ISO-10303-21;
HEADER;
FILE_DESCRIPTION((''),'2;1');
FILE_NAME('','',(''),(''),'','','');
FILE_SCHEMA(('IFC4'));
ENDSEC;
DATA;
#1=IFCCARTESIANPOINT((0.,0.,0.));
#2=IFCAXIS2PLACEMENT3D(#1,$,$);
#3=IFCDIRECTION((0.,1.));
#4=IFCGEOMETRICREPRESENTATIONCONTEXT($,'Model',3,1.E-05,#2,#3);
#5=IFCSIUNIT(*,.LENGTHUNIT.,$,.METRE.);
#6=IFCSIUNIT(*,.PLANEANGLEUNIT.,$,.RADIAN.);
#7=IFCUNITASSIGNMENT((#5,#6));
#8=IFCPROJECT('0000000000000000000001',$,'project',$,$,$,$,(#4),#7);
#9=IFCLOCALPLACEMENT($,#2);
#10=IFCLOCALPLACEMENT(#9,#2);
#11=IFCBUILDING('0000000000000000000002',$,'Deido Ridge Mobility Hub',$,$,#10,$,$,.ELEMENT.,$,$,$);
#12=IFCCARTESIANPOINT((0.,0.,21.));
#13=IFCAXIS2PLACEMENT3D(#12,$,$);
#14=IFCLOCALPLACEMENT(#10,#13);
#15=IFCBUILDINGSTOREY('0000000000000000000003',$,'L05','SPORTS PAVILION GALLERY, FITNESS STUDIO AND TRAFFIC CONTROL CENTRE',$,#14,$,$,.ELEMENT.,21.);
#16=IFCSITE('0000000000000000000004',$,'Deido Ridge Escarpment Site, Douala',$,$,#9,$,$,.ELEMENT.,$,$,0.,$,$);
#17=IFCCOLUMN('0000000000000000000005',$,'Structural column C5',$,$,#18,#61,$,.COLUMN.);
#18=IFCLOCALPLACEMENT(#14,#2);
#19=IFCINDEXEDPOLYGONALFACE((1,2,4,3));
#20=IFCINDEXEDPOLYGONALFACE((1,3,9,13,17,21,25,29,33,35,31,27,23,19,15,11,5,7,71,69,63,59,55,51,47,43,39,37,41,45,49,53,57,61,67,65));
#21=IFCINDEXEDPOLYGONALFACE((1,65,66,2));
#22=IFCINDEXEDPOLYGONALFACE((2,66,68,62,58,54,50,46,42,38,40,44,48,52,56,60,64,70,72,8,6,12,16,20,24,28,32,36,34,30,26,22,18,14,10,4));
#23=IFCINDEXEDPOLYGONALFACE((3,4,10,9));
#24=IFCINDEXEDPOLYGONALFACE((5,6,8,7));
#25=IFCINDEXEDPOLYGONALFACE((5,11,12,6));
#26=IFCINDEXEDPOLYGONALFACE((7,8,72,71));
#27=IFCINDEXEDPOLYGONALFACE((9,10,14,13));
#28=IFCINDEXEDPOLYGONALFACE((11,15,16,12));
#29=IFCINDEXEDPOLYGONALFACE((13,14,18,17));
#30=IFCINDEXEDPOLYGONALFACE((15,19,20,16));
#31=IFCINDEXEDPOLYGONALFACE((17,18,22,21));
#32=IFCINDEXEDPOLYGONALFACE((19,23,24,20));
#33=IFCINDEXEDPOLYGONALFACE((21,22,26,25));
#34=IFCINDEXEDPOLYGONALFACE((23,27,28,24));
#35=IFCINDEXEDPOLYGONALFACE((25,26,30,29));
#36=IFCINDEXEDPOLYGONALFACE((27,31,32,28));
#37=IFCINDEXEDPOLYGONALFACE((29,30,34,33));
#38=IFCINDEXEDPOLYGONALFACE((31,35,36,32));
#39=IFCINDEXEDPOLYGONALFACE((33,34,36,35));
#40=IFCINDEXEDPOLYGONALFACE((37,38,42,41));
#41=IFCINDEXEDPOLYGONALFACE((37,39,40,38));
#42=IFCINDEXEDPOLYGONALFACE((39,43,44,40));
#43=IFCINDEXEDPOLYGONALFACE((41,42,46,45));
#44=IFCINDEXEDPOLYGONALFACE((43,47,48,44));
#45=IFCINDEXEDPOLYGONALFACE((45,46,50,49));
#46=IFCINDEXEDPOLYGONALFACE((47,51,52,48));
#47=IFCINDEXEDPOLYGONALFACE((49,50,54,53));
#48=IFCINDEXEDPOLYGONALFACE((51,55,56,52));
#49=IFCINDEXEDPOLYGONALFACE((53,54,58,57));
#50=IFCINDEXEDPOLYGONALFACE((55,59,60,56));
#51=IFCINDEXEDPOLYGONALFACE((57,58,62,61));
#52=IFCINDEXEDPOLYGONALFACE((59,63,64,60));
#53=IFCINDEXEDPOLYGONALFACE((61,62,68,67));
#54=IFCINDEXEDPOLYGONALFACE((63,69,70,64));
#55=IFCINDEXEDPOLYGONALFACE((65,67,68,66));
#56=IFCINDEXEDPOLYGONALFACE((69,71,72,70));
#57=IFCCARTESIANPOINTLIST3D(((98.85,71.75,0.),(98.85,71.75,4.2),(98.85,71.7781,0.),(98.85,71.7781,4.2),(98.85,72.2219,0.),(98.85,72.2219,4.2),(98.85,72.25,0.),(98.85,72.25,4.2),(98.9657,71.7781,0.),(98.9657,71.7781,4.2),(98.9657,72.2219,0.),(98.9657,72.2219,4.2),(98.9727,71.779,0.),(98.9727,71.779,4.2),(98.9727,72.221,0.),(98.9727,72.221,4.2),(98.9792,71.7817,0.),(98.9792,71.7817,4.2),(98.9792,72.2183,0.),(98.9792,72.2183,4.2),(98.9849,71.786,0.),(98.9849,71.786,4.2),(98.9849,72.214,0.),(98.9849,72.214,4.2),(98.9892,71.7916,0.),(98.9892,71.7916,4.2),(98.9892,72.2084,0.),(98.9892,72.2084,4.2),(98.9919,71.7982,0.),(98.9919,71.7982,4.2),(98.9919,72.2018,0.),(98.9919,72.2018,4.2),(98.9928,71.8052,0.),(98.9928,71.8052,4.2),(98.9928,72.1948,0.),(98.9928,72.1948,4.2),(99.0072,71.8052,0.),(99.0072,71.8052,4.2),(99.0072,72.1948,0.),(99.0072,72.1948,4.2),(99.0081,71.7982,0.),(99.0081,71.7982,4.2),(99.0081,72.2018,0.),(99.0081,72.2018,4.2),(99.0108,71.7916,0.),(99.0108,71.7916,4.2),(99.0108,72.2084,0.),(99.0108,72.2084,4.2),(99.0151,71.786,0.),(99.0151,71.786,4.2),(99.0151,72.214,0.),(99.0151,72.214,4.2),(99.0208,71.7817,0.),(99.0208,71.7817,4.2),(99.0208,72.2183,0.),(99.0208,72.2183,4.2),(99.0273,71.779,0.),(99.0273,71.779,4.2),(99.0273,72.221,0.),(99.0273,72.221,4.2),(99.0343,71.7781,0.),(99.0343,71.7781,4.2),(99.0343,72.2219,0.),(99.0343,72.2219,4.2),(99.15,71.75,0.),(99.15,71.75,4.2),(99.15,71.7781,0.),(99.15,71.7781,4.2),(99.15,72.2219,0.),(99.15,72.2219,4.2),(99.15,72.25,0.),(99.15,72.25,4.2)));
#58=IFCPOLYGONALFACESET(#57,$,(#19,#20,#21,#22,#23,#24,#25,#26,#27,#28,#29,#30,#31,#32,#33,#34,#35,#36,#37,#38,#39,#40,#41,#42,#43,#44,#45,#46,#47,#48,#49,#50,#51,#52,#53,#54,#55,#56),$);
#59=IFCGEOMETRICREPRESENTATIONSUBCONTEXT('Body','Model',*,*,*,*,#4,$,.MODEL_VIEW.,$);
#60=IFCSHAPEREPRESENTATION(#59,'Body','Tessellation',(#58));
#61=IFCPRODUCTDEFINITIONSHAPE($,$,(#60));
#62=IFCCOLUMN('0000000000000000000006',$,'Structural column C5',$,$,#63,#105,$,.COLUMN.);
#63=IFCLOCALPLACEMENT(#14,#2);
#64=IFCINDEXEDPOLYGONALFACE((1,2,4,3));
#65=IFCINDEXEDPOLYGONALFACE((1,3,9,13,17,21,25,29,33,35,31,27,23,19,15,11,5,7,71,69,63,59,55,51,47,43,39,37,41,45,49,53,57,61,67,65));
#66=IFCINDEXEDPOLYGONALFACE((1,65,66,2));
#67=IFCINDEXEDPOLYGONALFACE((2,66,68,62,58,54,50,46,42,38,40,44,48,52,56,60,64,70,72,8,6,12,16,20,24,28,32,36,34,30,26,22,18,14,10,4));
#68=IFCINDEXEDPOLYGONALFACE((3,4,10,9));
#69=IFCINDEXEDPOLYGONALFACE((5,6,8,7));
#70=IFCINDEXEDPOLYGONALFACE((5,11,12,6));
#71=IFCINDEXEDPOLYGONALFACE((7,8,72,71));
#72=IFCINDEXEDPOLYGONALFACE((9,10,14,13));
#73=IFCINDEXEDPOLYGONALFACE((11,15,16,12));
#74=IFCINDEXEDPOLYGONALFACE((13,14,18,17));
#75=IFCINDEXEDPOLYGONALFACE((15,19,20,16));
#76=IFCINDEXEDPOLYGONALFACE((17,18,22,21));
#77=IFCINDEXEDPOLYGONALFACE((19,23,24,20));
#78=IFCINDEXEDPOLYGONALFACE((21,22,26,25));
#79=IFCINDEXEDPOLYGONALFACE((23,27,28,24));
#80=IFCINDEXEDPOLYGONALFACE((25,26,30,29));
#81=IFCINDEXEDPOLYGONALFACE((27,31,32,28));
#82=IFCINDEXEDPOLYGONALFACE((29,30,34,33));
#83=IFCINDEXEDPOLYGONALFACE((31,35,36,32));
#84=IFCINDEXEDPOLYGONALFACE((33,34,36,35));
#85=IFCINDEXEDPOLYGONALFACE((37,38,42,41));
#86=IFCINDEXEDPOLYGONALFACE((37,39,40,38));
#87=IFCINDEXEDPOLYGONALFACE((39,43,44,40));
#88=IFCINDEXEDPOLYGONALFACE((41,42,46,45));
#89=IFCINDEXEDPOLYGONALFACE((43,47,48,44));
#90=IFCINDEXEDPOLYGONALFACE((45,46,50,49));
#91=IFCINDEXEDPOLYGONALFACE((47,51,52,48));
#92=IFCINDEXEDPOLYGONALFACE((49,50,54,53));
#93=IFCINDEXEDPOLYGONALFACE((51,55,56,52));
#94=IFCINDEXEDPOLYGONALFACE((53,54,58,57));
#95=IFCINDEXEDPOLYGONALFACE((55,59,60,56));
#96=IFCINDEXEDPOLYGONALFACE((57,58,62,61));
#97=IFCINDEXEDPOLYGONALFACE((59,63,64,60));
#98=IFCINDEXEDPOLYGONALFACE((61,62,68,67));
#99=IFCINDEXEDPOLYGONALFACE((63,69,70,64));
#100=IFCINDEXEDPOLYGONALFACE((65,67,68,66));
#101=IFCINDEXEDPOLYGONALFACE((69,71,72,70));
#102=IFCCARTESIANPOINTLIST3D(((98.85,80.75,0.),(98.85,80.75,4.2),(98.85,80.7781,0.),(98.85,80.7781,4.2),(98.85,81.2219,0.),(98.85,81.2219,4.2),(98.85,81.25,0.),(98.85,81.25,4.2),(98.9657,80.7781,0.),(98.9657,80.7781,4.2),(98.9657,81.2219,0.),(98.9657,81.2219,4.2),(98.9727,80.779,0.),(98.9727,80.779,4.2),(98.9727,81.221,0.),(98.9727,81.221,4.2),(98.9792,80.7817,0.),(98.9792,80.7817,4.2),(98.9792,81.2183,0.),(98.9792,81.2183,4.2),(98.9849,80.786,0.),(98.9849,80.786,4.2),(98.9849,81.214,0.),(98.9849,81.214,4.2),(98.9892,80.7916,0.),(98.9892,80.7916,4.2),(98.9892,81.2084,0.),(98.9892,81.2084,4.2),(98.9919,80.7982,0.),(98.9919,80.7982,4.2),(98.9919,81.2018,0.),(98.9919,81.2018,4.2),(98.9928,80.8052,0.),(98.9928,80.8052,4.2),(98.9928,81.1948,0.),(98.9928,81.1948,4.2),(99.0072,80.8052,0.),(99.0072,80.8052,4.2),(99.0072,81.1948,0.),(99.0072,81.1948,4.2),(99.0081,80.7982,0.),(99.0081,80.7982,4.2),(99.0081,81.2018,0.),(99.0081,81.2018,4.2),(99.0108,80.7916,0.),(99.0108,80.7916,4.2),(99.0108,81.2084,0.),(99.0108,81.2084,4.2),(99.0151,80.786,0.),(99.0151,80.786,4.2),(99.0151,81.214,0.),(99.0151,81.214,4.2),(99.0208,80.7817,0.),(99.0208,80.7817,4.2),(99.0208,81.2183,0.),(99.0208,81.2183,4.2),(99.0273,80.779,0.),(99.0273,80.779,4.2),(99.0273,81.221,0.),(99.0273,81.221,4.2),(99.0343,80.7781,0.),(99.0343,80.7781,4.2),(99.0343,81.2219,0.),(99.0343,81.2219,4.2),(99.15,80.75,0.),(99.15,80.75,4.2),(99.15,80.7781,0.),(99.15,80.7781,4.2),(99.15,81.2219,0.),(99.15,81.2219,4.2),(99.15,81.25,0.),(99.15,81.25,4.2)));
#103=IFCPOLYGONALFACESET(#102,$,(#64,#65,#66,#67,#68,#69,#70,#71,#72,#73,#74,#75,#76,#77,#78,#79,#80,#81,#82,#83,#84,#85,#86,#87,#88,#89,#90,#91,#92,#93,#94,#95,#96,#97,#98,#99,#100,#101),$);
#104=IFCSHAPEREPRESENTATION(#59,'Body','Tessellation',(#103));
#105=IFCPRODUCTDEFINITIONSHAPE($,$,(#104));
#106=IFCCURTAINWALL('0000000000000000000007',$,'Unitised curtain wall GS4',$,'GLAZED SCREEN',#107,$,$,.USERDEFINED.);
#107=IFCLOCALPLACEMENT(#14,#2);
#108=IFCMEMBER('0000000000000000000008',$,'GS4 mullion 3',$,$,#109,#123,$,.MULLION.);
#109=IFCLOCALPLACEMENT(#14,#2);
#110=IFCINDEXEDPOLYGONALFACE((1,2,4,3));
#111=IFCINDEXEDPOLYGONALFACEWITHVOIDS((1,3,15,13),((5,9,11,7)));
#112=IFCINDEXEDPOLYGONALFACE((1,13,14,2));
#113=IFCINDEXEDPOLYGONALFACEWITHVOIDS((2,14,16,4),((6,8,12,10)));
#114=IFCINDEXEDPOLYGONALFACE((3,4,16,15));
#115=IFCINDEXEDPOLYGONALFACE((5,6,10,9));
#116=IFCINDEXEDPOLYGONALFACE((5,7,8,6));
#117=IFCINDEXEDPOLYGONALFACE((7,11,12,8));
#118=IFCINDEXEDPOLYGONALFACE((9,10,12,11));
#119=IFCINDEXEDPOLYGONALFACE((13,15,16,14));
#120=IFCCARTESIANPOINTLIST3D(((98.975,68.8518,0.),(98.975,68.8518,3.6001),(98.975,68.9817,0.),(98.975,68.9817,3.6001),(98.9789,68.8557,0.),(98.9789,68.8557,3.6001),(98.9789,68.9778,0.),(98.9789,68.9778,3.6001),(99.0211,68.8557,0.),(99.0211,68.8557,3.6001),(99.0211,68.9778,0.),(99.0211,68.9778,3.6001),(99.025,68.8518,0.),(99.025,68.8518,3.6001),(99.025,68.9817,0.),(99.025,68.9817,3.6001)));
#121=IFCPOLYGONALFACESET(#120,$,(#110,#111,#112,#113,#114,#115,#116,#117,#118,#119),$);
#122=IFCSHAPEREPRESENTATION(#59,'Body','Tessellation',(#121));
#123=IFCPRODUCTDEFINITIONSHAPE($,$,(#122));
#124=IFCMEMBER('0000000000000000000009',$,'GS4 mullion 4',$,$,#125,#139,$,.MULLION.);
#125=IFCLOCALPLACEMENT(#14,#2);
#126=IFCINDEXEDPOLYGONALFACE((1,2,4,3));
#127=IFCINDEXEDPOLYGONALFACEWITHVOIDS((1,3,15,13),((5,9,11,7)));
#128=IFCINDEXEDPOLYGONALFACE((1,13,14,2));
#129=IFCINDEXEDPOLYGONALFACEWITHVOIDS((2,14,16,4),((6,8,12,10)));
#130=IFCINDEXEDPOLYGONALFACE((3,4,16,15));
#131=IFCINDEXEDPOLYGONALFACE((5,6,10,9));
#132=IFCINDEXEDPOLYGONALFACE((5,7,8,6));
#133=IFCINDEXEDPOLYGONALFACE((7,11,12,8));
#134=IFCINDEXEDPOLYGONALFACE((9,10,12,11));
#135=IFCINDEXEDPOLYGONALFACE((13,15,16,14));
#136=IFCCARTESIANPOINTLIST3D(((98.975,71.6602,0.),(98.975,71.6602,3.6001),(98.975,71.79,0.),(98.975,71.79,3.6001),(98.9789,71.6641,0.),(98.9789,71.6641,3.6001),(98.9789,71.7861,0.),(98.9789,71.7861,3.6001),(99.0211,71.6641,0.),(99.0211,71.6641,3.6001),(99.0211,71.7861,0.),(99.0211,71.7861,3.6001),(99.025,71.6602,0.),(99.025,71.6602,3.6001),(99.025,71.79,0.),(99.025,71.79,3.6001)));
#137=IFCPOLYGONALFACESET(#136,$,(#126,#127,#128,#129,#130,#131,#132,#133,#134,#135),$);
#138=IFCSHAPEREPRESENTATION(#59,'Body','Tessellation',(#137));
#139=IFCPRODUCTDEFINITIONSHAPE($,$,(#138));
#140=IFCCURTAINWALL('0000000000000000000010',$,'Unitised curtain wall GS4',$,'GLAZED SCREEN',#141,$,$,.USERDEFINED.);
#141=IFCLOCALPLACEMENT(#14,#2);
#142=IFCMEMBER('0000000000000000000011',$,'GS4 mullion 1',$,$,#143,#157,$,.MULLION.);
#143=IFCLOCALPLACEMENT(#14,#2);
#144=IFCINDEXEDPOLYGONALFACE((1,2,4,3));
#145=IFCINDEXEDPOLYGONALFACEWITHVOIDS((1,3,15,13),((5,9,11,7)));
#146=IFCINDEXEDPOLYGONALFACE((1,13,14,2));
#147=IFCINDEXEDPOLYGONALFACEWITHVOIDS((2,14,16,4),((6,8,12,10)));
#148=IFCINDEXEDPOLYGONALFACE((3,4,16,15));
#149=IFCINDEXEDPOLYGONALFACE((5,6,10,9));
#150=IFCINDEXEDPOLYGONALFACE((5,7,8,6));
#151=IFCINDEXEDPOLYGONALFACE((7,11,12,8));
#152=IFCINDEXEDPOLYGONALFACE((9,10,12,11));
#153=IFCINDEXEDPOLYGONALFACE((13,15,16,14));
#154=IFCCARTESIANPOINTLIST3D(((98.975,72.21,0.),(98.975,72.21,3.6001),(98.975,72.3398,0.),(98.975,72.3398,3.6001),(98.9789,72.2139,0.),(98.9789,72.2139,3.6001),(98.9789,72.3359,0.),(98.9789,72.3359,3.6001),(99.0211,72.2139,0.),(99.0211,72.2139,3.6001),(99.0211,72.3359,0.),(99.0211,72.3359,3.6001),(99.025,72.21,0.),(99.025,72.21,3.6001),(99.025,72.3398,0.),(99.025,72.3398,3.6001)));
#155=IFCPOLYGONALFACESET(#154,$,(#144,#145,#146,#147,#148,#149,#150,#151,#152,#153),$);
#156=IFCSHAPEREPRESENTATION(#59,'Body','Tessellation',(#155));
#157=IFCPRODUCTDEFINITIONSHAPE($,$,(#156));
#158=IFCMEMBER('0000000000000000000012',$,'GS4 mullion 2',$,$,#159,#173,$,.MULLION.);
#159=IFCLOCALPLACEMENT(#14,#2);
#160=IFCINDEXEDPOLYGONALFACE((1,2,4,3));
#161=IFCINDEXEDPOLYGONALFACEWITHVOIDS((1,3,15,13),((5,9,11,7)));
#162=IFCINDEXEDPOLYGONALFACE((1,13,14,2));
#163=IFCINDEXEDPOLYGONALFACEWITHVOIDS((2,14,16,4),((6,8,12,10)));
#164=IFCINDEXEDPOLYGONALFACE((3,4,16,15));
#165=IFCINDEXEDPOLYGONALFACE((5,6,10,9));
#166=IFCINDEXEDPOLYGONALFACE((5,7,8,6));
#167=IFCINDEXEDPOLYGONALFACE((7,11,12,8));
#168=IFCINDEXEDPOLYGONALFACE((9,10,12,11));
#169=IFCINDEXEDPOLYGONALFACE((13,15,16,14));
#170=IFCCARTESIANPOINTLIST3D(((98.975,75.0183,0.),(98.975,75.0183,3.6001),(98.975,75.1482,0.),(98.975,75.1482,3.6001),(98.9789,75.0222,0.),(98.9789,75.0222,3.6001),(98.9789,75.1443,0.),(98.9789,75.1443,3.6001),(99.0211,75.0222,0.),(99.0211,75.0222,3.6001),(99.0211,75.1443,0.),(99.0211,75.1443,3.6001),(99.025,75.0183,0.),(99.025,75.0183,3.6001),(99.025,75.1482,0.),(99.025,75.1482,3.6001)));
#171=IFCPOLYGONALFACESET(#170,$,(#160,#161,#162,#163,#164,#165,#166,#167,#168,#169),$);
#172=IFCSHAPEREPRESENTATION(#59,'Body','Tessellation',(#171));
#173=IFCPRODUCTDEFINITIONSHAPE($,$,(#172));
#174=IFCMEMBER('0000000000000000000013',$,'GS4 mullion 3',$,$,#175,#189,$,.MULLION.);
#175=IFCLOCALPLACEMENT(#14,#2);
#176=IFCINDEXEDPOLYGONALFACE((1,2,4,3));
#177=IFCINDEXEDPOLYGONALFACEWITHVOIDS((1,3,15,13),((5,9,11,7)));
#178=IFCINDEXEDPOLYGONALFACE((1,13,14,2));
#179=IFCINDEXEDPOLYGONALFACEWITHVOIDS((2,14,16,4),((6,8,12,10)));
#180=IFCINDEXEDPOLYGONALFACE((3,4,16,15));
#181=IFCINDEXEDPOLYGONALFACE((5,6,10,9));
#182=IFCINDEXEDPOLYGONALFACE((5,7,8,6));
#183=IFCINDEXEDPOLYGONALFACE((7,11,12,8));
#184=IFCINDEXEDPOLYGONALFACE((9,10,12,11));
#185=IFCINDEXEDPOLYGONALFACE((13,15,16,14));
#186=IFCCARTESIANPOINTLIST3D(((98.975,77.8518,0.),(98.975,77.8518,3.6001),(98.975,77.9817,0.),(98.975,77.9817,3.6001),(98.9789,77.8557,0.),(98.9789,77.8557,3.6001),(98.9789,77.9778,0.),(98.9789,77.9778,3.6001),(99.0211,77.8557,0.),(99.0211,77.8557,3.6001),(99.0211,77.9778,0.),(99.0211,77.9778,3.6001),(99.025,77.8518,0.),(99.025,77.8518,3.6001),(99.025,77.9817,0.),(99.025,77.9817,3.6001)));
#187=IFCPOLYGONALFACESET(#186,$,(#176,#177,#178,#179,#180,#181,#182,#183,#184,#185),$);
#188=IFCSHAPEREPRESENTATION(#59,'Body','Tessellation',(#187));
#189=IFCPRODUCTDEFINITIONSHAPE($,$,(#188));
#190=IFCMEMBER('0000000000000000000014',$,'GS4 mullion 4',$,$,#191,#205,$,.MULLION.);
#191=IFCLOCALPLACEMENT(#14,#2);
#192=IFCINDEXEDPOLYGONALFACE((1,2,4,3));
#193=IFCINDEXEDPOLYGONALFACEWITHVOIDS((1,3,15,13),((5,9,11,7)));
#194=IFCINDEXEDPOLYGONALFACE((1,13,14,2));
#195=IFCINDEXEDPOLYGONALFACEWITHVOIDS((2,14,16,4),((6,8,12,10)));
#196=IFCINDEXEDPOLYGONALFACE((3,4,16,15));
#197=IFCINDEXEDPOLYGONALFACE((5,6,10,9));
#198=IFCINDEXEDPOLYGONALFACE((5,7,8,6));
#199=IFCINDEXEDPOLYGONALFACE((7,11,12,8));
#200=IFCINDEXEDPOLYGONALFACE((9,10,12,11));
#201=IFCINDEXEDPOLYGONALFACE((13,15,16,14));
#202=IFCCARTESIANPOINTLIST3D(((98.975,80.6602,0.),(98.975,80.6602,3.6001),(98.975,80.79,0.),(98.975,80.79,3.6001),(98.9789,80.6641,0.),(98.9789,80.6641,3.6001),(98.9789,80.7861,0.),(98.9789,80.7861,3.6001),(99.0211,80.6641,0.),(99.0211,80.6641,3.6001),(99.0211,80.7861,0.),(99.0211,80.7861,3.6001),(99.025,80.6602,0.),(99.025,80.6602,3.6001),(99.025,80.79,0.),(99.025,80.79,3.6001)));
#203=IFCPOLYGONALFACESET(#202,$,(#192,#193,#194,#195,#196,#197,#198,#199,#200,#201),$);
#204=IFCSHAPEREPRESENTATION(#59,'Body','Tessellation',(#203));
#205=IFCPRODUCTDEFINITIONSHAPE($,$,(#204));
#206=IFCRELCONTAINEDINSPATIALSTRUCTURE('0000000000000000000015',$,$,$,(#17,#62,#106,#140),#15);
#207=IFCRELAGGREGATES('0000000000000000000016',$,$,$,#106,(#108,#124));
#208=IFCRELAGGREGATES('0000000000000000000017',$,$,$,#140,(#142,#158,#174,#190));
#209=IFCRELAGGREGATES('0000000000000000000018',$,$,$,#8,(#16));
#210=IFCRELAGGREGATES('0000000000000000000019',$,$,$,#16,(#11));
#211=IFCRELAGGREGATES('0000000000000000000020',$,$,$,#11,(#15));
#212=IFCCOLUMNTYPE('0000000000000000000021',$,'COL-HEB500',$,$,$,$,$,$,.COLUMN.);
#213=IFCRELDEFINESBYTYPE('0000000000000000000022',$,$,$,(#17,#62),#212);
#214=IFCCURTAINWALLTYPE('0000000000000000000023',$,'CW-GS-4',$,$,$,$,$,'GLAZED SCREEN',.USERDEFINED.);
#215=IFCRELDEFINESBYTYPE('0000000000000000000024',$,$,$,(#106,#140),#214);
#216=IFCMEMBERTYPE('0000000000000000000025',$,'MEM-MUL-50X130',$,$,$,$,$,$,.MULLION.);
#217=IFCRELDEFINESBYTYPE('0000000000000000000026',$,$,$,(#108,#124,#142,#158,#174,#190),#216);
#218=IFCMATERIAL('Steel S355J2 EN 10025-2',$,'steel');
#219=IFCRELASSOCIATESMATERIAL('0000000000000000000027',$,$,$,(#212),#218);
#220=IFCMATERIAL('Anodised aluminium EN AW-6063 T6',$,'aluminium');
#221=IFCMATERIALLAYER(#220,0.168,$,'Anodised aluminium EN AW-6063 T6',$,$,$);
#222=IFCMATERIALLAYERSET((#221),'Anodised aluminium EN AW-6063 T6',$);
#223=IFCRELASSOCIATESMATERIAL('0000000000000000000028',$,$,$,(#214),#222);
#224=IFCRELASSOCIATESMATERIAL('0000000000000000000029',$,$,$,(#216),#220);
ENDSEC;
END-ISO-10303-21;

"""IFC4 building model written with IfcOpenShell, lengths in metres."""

from ifc_helpers import new_model, si_unit, direction, frame, origin, origin_2d, place, context, subcontext, project, spatial, hollow_rectangle, i_section, extrude, material, layer, layer_set, material_profile, profile_set, type_object, element, aggregate, save


model = new_model("IFC4")

# Units and contexts
model_context = context("Model", 3, precision=1e-05, world=origin(), true_north=direction((0.0, 1.0)))
body_context = subcontext(model_context, "Body", "Model", "MODEL_VIEW")
ifc_project = project(units=[si_unit("LENGTHUNIT", "METRE"), si_unit("PLANEANGLEUNIT", "RADIAN")], contexts=[model_context])

# Site, building, storey
site_placement = place(None, origin())
site = spatial("IfcSite", under=ifc_project, at=site_placement, Name="Deido Ridge Escarpment Site, Douala", CompositionType="ELEMENT", RefElevation=0.0)
building_placement = place(site_placement, origin())
building = spatial("IfcBuilding", under=site, at=building_placement, Name="Deido Ridge Mobility Hub", CompositionType="ELEMENT")
storey_placement = place(building_placement, frame((0.0, 0.0, 21.0)))
storey = spatial("IfcBuildingStorey", under=building, at=storey_placement, Name="L05", Description="SPORTS PAVILION GALLERY, FITNESS STUDIO AND TRAFFIC CONTROL CENTRE", CompositionType="ELEMENT", Elevation=21.0)

# Columns
ifc_material_1 = material(Name="Steel S355J2 EN 10025-2", Category="steel")
ifc_material_profile_1 = material_profile(ifc_material_1, i_section(OverallWidth=0.3, OverallDepth=0.5, WebThickness=0.0144, FlangeThickness=0.0281, FilletRadius=0.0271, at=origin_2d()), Name="HEB 500")
ifc_profile_set_1 = profile_set([ifc_material_profile_1], Name="Steel S355J2 EN 10025-2")
column_type = type_object("IfcColumnType", Name="COL-HEB500", PredefinedType="COLUMN", material=ifc_profile_set_1)
for number, where, z_axis, x_axis, name in (
    (1, (99.0, 72.0, 0.0), (0.0, 0.0, 1.0), (1.0, 0.0, 0.0), "Structural column C5"),
    (2, (99.0, 81.0, 0.0), (0.0, 0.0, 1.0), (1.0, 0.0, 0.0), "Structural column C5"),
):
    element("IfcColumn", number, at=place(storey_placement, frame(where, z_axis=z_axis, x_axis=x_axis)), inside=storey, type_object=column_type, Name=name, PredefinedType="COLUMN", context=body_context, shape_type="SweptSolid", body=[
        extrude(i_section(OverallWidth=0.3, OverallDepth=0.5, WebThickness=0.0144, FlangeThickness=0.0281, FilletRadius=0.0271, at=origin_2d()), origin(), (0.0, 0.0, 1.0), 4.2),
    ])

# Curtain walls, members
ifc_material_2 = material(Name="Anodised aluminium EN AW-6063 T6", Category="aluminium")
ifc_layer_1 = layer(ifc_material_2, 0.168, Name="Anodised aluminium EN AW-6063 T6")
ifc_layer_set_1 = layer_set([ifc_layer_1], Name="Anodised aluminium EN AW-6063 T6")
curtain_wall_type = type_object("IfcCurtainWallType", Name="CW-GS-4", ElementType="GLAZED SCREEN", PredefinedType="USERDEFINED", material=ifc_layer_set_1)
curtain_wall_1_placement = place(storey_placement, origin())
curtain_wall_1 = element("IfcCurtainWall", 3, at=curtain_wall_1_placement, inside=storey, type_object=curtain_wall_type, Name="Unitised curtain wall GS4", ObjectType="GLAZED SCREEN", PredefinedType="USERDEFINED")
ifc_material_profile_2 = material_profile(ifc_material_2, hollow_rectangle(XDim=0.05, YDim=0.1299, WallThickness=0.0039, at=origin_2d()), Name="RHS 50x130x4")
ifc_profile_set_2 = profile_set([ifc_material_profile_2], Name="Anodised aluminium EN AW-6063 T6")
member_type_1 = type_object("IfcMemberType", Name="MEM-MUL-50X130", PredefinedType="MULLION", material=ifc_profile_set_2)
member_1_placement = place(storey_placement, frame((99.0, 68.9167, 0.0), z_axis=(0.0, 0.0, 1.0), x_axis=(-1.0, 0.0, 0.0)))
member_1 = element("IfcMember", 4, at=member_1_placement, type_object=member_type_1, Name="GS4 mullion 3", PredefinedType="MULLION", context=body_context, shape_type="SweptSolid", body=[
    extrude(hollow_rectangle(XDim=0.05, YDim=0.1299, WallThickness=0.0039, at=origin_2d()), origin(), (0.0, 0.0, 1.0), 3.6001),
])
member_2_placement = place(storey_placement, frame((99.0, 71.7251, 0.0), z_axis=(0.0, 0.0, 1.0), x_axis=(-1.0, 0.0, 0.0)))
member_2 = element("IfcMember", 5, at=member_2_placement, type_object=member_type_1, Name="GS4 mullion 4", PredefinedType="MULLION", context=body_context, shape_type="SweptSolid", body=[
    extrude(hollow_rectangle(XDim=0.05, YDim=0.1299, WallThickness=0.0039, at=origin_2d()), origin(), (0.0, 0.0, 1.0), 3.6001),
])
curtain_wall_2_placement = place(storey_placement, origin())
curtain_wall_2 = element("IfcCurtainWall", 6, at=curtain_wall_2_placement, inside=storey, type_object=curtain_wall_type, Name="Unitised curtain wall GS4", ObjectType="GLAZED SCREEN", PredefinedType="USERDEFINED")
member_3_placement = place(storey_placement, frame((99.0, 72.2749, 0.0), z_axis=(0.0, 0.0, 1.0), x_axis=(-1.0, 0.0, 0.0)))
member_3 = element("IfcMember", 7, at=member_3_placement, type_object=member_type_1, Name="GS4 mullion 1", PredefinedType="MULLION", context=body_context, shape_type="SweptSolid", body=[
    extrude(hollow_rectangle(XDim=0.05, YDim=0.1299, WallThickness=0.0039, at=origin_2d()), origin(), (0.0, 0.0, 1.0), 3.6001),
])
member_4_placement = place(storey_placement, frame((99.0, 75.0833, 0.0), z_axis=(0.0, 0.0, 1.0), x_axis=(-1.0, 0.0, 0.0)))
member_4 = element("IfcMember", 8, at=member_4_placement, type_object=member_type_1, Name="GS4 mullion 2", PredefinedType="MULLION", context=body_context, shape_type="SweptSolid", body=[
    extrude(hollow_rectangle(XDim=0.05, YDim=0.1299, WallThickness=0.0039, at=origin_2d()), origin(), (0.0, 0.0, 1.0), 3.6001),
])
member_5_placement = place(storey_placement, frame((99.0, 77.9167, 0.0), z_axis=(0.0, 0.0, 1.0), x_axis=(-1.0, 0.0, 0.0)))
member_5 = element("IfcMember", 9, at=member_5_placement, type_object=member_type_1, Name="GS4 mullion 3", PredefinedType="MULLION", context=body_context, shape_type="SweptSolid", body=[
    extrude(hollow_rectangle(XDim=0.05, YDim=0.1299, WallThickness=0.0039, at=origin_2d()), origin(), (0.0, 0.0, 1.0), 3.6001),
])
member_6_placement = place(storey_placement, frame((99.0, 80.7251, 0.0), z_axis=(0.0, 0.0, 1.0), x_axis=(-1.0, 0.0, 0.0)))
member_6 = element("IfcMember", 10, at=member_6_placement, type_object=member_type_1, Name="GS4 mullion 4", PredefinedType="MULLION", context=body_context, shape_type="SweptSolid", body=[
    extrude(hollow_rectangle(XDim=0.05, YDim=0.1299, WallThickness=0.0039, at=origin_2d()), origin(), (0.0, 0.0, 1.0), 3.6001),
])

aggregate(curtain_wall_1, [member_1, member_2])
aggregate(curtain_wall_2, [member_3, member_4, member_5, member_6])

save(model, "model.ifc")
